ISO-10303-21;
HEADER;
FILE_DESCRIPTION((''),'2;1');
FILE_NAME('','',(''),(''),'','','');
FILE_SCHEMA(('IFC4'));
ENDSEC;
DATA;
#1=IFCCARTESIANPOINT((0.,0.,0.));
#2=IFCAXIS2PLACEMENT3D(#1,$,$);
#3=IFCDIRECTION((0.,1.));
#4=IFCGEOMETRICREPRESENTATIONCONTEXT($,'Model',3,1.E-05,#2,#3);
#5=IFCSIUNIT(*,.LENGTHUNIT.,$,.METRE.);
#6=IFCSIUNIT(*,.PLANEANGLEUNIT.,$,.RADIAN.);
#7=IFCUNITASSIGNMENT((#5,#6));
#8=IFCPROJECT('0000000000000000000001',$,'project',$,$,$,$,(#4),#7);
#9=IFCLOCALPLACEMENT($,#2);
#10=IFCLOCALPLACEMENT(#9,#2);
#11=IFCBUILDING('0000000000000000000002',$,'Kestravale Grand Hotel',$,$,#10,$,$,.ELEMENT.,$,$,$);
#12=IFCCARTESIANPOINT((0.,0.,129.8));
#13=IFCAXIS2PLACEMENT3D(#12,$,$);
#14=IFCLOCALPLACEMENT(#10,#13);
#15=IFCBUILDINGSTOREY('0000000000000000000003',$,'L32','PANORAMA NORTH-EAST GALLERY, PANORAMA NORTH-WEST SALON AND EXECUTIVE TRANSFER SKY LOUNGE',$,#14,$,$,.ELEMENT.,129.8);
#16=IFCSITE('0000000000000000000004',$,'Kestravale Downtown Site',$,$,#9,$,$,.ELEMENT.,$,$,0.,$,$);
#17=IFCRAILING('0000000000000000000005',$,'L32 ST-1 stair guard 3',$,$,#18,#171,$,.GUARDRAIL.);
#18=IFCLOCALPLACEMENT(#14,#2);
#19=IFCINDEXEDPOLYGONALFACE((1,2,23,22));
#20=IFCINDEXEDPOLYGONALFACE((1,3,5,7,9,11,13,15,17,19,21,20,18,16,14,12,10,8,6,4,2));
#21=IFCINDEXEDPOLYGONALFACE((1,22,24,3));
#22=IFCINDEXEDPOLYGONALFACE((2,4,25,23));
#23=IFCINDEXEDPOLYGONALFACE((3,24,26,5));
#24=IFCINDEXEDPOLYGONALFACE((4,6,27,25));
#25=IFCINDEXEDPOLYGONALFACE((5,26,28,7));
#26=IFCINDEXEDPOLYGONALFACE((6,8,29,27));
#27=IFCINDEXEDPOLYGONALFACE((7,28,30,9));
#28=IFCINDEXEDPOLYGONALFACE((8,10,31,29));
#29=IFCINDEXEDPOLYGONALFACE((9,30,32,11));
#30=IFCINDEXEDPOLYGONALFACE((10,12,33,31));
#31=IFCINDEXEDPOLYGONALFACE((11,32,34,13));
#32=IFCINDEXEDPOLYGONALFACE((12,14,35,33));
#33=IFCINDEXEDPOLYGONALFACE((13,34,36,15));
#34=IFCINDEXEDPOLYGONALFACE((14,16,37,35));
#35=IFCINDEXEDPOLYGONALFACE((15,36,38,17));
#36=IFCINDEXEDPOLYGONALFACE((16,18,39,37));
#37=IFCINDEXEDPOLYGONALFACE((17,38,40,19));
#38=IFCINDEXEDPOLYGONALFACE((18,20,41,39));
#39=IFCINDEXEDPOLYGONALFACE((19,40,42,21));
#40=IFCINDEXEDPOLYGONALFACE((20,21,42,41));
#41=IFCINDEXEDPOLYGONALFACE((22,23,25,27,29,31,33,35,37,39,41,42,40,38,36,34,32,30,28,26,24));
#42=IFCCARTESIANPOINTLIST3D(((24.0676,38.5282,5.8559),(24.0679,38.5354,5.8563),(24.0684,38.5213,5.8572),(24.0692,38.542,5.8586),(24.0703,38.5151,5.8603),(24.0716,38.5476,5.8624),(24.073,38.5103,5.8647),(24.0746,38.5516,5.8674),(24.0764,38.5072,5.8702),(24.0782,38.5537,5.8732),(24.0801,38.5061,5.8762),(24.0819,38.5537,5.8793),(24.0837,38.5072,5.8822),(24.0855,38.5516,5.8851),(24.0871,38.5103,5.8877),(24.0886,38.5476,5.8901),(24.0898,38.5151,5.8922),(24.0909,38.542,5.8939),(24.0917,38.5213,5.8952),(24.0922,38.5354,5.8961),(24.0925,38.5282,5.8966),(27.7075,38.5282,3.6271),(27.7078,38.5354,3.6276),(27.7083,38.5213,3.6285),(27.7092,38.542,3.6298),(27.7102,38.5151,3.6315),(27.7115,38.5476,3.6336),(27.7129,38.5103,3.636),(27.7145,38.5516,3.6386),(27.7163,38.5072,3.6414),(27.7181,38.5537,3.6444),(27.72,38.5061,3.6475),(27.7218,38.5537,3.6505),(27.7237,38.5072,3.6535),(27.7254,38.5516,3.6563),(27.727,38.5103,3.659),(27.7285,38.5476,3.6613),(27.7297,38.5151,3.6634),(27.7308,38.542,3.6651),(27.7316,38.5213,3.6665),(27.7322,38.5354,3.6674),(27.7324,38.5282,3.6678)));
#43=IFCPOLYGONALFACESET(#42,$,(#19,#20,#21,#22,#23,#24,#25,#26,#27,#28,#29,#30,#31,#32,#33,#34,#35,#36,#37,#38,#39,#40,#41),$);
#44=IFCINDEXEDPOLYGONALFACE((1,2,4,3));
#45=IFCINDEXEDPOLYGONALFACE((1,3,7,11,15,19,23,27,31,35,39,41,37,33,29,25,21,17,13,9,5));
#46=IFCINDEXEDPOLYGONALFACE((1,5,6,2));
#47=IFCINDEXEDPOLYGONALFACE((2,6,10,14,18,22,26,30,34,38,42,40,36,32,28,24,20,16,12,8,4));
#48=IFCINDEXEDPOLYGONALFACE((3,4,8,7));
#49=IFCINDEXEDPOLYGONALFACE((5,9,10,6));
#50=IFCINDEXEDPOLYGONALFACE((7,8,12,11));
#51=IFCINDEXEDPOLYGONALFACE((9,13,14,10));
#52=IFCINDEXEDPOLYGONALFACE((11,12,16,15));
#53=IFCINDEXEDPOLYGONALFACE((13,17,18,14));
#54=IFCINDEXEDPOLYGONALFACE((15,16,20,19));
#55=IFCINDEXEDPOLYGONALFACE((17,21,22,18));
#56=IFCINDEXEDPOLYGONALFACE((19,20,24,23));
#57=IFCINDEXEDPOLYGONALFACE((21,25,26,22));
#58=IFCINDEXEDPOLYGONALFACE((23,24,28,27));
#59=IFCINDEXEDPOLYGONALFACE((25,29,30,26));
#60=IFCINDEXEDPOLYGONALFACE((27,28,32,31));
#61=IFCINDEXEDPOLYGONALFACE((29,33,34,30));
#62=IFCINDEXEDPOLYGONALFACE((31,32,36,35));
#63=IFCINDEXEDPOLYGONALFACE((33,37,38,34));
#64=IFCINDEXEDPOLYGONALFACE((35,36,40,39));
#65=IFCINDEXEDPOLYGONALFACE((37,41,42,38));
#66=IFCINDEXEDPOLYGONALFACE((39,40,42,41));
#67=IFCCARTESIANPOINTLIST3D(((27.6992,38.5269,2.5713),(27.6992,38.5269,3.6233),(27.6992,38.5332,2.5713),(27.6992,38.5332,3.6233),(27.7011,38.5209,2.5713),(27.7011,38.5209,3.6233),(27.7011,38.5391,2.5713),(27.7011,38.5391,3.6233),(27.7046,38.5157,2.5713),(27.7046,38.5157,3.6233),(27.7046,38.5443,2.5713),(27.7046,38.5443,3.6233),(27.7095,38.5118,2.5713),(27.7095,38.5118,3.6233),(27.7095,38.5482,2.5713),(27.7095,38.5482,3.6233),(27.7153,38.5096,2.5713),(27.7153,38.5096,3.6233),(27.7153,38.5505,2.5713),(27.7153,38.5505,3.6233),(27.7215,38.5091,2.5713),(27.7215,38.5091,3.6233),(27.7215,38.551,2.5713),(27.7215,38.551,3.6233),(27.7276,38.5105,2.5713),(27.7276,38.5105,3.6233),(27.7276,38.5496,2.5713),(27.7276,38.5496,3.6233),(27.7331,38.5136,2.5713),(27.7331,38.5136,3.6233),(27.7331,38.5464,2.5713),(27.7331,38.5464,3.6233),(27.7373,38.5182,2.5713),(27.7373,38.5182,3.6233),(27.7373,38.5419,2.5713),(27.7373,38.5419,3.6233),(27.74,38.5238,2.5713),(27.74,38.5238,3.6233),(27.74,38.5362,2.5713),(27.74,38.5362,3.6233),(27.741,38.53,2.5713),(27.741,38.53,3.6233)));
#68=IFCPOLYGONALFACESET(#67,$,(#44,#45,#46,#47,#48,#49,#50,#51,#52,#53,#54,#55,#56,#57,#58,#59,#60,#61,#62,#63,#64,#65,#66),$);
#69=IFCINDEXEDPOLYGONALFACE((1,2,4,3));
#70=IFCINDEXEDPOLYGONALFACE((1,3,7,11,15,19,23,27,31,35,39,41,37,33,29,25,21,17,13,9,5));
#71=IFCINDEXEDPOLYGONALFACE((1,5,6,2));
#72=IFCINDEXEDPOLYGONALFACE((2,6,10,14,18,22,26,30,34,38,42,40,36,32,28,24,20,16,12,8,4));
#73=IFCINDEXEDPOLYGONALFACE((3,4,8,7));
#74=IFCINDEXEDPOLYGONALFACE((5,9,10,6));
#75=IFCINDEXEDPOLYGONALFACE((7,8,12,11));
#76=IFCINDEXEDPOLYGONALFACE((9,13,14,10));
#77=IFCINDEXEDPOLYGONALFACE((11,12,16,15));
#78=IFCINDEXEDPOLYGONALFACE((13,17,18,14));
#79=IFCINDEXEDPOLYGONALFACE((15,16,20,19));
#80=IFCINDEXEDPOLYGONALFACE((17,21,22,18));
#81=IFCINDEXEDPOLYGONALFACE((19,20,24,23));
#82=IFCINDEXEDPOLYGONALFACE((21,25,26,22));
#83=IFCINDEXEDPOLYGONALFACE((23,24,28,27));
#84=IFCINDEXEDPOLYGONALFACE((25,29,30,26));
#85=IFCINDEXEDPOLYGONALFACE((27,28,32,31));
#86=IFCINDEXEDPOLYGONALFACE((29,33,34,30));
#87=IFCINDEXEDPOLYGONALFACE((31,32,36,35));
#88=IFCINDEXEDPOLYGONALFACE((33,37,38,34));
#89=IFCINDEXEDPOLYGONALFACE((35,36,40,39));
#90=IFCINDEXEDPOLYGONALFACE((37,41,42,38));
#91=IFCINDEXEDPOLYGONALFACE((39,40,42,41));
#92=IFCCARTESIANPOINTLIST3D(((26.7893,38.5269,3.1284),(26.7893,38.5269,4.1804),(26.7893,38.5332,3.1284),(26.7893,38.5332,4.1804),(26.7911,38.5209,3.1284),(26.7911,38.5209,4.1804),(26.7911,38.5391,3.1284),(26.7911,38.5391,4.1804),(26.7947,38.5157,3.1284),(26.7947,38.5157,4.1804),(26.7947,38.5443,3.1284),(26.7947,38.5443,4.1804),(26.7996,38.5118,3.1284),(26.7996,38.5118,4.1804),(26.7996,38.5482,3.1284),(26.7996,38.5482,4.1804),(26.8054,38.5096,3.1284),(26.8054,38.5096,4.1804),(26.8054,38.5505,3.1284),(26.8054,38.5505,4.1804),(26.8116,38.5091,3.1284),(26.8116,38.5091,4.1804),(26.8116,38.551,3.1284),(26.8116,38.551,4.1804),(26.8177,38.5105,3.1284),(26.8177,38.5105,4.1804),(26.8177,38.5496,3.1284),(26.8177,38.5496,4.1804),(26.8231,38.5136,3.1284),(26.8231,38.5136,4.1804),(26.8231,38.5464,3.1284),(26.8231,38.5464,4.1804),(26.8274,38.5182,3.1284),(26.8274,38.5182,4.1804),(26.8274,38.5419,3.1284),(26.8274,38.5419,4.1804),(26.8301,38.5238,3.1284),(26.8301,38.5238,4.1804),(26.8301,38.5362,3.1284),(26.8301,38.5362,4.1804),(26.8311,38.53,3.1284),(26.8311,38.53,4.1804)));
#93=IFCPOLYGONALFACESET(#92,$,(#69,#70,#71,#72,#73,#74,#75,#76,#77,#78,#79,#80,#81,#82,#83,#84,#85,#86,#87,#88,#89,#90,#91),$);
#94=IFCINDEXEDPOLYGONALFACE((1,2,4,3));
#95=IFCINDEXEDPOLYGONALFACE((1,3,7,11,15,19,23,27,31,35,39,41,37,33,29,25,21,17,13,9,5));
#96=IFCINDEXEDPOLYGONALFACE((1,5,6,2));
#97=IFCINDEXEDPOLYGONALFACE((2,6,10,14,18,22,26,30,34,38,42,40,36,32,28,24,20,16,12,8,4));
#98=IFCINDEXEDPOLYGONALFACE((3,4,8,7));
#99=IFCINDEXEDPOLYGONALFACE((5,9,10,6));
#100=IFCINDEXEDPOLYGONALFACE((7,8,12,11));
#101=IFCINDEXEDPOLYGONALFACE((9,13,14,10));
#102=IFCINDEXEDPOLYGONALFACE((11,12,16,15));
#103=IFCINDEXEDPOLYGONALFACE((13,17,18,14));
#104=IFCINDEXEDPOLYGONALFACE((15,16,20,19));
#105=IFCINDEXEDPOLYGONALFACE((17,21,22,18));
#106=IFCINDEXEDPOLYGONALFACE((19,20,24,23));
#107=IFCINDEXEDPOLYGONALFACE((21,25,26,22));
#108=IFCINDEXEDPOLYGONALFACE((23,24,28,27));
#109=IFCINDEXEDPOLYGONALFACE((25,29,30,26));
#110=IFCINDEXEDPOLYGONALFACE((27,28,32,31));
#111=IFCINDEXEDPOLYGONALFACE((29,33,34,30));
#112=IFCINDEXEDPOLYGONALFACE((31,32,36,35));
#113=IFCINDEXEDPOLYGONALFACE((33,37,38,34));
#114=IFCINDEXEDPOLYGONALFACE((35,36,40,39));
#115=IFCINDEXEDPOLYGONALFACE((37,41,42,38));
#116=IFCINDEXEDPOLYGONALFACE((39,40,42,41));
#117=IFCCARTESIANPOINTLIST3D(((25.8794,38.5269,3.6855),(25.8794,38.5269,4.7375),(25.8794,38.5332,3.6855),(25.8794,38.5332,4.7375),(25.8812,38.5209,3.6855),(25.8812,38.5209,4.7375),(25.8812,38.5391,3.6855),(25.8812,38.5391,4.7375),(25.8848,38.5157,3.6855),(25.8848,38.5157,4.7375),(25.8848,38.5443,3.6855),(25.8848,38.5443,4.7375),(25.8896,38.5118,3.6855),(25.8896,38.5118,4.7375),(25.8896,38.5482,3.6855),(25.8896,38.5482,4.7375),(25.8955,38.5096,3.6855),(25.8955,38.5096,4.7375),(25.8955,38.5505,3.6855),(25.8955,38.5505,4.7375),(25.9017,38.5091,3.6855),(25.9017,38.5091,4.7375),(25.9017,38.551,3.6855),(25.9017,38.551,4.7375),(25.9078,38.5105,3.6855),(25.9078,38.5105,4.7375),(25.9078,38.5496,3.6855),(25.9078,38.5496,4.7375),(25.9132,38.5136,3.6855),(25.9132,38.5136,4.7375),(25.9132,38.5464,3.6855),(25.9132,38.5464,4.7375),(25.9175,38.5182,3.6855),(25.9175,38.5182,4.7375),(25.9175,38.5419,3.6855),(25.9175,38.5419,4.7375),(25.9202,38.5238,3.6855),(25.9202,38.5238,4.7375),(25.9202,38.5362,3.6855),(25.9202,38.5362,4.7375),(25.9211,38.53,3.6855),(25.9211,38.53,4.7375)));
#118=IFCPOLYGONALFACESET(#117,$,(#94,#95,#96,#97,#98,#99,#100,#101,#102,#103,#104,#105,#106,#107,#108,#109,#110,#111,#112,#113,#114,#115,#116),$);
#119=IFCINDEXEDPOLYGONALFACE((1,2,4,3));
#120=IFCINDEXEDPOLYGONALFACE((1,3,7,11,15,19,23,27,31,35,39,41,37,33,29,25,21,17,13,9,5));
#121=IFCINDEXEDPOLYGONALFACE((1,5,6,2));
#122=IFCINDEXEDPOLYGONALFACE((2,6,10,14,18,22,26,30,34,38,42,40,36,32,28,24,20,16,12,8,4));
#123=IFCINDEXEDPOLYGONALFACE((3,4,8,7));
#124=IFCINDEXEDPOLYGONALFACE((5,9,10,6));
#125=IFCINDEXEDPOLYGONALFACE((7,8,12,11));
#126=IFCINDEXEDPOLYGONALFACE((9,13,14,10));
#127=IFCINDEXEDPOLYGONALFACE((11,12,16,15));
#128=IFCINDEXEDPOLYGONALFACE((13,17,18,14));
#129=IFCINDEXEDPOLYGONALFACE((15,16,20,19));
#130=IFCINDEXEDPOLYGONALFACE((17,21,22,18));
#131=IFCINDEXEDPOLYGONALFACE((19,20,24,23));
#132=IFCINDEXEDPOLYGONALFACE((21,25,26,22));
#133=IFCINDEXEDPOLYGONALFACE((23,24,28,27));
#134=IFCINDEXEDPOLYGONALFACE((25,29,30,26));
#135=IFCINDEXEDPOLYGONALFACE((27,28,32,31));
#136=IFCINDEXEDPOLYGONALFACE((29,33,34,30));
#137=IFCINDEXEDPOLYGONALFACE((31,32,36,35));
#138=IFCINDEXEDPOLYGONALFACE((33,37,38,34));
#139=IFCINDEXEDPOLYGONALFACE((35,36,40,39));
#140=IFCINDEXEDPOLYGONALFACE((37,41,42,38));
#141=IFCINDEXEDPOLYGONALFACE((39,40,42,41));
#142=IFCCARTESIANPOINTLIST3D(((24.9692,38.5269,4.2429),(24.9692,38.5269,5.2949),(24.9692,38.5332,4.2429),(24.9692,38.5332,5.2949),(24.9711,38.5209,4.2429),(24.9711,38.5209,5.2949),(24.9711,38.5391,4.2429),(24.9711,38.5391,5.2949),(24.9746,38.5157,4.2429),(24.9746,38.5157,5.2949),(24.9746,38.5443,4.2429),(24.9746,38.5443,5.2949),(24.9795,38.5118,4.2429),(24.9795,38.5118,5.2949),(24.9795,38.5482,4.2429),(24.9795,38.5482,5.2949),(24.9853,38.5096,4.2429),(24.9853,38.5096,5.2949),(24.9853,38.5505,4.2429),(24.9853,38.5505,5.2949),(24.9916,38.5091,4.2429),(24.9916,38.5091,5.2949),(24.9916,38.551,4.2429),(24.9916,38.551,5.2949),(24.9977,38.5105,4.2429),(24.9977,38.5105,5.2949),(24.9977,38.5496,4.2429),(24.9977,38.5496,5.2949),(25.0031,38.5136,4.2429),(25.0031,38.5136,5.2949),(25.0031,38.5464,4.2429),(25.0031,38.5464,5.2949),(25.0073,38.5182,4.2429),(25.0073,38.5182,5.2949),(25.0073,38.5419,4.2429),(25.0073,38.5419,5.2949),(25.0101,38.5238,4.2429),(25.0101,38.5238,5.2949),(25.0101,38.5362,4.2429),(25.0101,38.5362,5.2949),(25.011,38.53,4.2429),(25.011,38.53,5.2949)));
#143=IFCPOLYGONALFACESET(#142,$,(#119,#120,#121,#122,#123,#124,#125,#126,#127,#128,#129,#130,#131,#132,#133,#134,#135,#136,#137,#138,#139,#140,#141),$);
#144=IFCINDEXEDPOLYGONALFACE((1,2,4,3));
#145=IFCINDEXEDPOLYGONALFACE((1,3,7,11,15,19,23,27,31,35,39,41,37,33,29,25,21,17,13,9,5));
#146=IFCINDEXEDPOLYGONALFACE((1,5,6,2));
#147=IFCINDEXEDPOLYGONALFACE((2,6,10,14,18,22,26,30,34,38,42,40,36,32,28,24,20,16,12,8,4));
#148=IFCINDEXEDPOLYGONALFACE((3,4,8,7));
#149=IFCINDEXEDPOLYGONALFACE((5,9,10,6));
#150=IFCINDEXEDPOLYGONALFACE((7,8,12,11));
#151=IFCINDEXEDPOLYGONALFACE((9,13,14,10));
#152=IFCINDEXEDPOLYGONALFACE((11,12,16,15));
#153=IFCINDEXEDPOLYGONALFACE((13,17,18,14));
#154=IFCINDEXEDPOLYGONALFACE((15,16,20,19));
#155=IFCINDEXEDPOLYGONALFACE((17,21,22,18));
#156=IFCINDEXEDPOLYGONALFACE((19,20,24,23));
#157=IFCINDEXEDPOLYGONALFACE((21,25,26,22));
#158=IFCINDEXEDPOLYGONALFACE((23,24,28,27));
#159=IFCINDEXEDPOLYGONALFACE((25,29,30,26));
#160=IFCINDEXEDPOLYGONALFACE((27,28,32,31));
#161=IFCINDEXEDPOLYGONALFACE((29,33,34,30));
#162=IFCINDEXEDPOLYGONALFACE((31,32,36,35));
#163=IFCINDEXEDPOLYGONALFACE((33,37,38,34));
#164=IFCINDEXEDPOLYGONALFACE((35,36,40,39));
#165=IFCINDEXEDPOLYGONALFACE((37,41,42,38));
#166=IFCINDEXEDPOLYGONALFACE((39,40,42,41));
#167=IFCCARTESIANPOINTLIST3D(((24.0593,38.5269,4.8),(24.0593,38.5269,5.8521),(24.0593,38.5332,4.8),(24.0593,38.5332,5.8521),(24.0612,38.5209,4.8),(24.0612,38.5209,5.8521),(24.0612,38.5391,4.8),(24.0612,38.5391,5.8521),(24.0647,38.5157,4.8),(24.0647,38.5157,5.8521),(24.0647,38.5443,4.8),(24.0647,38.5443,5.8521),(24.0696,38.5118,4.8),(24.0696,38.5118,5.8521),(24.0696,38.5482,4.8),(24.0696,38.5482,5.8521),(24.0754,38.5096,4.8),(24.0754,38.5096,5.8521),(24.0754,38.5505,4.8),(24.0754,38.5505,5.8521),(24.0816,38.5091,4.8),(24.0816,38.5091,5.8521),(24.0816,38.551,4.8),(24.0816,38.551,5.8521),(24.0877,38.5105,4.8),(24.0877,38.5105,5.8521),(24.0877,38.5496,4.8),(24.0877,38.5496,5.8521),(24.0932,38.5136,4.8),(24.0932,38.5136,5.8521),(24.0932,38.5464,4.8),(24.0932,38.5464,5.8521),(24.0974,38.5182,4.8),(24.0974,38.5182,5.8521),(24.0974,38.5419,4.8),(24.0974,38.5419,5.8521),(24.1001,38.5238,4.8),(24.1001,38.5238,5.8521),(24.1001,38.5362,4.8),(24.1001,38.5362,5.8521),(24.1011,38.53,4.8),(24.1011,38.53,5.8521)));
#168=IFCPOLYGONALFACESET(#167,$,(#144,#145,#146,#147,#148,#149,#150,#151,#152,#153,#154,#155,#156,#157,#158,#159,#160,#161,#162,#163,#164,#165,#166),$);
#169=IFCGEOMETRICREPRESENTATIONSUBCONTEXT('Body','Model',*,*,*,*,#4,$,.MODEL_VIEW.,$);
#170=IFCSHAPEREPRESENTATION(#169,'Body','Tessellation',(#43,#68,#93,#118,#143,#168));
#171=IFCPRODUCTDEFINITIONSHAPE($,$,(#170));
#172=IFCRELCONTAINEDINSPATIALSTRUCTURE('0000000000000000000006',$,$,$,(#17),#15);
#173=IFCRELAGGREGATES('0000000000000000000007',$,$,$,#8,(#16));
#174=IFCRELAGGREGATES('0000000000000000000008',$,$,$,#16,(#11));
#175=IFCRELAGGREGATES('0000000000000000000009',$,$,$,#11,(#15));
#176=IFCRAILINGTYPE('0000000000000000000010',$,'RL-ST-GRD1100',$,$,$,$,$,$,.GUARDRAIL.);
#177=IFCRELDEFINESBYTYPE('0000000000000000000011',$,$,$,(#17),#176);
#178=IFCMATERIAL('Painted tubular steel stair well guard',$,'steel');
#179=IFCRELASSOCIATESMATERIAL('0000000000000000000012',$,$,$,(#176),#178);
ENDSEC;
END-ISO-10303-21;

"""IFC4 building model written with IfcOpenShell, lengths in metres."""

from ifc_helpers import new_model, si_unit, direction, frame, origin, origin_2d, place, context, subcontext, project, spatial, circle, extrude, material, type_object, element, save


model = new_model("IFC4")

# Units and contexts
model_context = context("Model", 3, precision=1e-05, world=origin(), true_north=direction((0.0, 1.0)))
body_context = subcontext(model_context, "Body", "Model", "MODEL_VIEW")
ifc_project = project(units=[si_unit("LENGTHUNIT", "METRE"), si_unit("PLANEANGLEUNIT", "RADIAN")], contexts=[model_context])

# Site, building, storey
site_placement = place(None, origin())
site = spatial("IfcSite", under=ifc_project, at=site_placement, Name="Kestravale Downtown Site", CompositionType="ELEMENT", RefElevation=0.0)
building_placement = place(site_placement, origin())
building = spatial("IfcBuilding", under=site, at=building_placement, Name="Kestravale Grand Hotel", CompositionType="ELEMENT")
storey_placement = place(building_placement, frame((0.0, 0.0, 129.8)))
storey = spatial("IfcBuildingStorey", under=building, at=storey_placement, Name="L32", Description="PANORAMA NORTH-EAST GALLERY, PANORAMA NORTH-WEST SALON AND EXECUTIVE TRANSFER SKY LOUNGE", CompositionType="ELEMENT", Elevation=129.8)

# Railing
ifc_material_1 = material(Name="Painted tubular steel stair well guard", Category="steel")
railing_type_1 = type_object("IfcRailingType", Name="RL-ST-GRD1100", PredefinedType="GUARDRAIL", material=ifc_material_1)
railing_1_placement = place(storey_placement, frame((27.72, 38.53, 2.5713)))
element("IfcRailing", 1, at=railing_1_placement, inside=storey, type_object=railing_type_1, Name="L32 ST-1 stair guard 3", PredefinedType="GUARDRAIL", context=body_context, shape_type="SweptSolid", body=[
    extrude(circle(Radius=0.0239, at=origin_2d()), frame((0.0, 0.0, 1.0762), z_axis=(-0.852825, 0.0, 0.522197), x_axis=(0.0, -1.0, 0.0)), (0.0, 0.0, 1.0), 4.2681),
    extrude(circle(Radius=0.021, at=origin_2d()), origin(), (0.0, 0.0, 1.0), 1.052),
    extrude(circle(Radius=0.021, at=origin_2d()), frame((-0.9099, 0.0, 0.5571)), (0.0, 0.0, 1.0), 1.052),
    extrude(circle(Radius=0.021, at=origin_2d()), frame((-1.8198, 0.0, 1.1143)), (0.0, 0.0, 1.0), 1.052),
    extrude(circle(Radius=0.021, at=origin_2d()), frame((-2.73, 0.0, 1.6716)), (0.0, 0.0, 1.0), 1.052),
    extrude(circle(Radius=0.021, at=origin_2d()), frame((-3.6399, 0.0, 2.2288)), (0.0, 0.0, 1.0), 1.052),
])

save(model, "model.ifc")
